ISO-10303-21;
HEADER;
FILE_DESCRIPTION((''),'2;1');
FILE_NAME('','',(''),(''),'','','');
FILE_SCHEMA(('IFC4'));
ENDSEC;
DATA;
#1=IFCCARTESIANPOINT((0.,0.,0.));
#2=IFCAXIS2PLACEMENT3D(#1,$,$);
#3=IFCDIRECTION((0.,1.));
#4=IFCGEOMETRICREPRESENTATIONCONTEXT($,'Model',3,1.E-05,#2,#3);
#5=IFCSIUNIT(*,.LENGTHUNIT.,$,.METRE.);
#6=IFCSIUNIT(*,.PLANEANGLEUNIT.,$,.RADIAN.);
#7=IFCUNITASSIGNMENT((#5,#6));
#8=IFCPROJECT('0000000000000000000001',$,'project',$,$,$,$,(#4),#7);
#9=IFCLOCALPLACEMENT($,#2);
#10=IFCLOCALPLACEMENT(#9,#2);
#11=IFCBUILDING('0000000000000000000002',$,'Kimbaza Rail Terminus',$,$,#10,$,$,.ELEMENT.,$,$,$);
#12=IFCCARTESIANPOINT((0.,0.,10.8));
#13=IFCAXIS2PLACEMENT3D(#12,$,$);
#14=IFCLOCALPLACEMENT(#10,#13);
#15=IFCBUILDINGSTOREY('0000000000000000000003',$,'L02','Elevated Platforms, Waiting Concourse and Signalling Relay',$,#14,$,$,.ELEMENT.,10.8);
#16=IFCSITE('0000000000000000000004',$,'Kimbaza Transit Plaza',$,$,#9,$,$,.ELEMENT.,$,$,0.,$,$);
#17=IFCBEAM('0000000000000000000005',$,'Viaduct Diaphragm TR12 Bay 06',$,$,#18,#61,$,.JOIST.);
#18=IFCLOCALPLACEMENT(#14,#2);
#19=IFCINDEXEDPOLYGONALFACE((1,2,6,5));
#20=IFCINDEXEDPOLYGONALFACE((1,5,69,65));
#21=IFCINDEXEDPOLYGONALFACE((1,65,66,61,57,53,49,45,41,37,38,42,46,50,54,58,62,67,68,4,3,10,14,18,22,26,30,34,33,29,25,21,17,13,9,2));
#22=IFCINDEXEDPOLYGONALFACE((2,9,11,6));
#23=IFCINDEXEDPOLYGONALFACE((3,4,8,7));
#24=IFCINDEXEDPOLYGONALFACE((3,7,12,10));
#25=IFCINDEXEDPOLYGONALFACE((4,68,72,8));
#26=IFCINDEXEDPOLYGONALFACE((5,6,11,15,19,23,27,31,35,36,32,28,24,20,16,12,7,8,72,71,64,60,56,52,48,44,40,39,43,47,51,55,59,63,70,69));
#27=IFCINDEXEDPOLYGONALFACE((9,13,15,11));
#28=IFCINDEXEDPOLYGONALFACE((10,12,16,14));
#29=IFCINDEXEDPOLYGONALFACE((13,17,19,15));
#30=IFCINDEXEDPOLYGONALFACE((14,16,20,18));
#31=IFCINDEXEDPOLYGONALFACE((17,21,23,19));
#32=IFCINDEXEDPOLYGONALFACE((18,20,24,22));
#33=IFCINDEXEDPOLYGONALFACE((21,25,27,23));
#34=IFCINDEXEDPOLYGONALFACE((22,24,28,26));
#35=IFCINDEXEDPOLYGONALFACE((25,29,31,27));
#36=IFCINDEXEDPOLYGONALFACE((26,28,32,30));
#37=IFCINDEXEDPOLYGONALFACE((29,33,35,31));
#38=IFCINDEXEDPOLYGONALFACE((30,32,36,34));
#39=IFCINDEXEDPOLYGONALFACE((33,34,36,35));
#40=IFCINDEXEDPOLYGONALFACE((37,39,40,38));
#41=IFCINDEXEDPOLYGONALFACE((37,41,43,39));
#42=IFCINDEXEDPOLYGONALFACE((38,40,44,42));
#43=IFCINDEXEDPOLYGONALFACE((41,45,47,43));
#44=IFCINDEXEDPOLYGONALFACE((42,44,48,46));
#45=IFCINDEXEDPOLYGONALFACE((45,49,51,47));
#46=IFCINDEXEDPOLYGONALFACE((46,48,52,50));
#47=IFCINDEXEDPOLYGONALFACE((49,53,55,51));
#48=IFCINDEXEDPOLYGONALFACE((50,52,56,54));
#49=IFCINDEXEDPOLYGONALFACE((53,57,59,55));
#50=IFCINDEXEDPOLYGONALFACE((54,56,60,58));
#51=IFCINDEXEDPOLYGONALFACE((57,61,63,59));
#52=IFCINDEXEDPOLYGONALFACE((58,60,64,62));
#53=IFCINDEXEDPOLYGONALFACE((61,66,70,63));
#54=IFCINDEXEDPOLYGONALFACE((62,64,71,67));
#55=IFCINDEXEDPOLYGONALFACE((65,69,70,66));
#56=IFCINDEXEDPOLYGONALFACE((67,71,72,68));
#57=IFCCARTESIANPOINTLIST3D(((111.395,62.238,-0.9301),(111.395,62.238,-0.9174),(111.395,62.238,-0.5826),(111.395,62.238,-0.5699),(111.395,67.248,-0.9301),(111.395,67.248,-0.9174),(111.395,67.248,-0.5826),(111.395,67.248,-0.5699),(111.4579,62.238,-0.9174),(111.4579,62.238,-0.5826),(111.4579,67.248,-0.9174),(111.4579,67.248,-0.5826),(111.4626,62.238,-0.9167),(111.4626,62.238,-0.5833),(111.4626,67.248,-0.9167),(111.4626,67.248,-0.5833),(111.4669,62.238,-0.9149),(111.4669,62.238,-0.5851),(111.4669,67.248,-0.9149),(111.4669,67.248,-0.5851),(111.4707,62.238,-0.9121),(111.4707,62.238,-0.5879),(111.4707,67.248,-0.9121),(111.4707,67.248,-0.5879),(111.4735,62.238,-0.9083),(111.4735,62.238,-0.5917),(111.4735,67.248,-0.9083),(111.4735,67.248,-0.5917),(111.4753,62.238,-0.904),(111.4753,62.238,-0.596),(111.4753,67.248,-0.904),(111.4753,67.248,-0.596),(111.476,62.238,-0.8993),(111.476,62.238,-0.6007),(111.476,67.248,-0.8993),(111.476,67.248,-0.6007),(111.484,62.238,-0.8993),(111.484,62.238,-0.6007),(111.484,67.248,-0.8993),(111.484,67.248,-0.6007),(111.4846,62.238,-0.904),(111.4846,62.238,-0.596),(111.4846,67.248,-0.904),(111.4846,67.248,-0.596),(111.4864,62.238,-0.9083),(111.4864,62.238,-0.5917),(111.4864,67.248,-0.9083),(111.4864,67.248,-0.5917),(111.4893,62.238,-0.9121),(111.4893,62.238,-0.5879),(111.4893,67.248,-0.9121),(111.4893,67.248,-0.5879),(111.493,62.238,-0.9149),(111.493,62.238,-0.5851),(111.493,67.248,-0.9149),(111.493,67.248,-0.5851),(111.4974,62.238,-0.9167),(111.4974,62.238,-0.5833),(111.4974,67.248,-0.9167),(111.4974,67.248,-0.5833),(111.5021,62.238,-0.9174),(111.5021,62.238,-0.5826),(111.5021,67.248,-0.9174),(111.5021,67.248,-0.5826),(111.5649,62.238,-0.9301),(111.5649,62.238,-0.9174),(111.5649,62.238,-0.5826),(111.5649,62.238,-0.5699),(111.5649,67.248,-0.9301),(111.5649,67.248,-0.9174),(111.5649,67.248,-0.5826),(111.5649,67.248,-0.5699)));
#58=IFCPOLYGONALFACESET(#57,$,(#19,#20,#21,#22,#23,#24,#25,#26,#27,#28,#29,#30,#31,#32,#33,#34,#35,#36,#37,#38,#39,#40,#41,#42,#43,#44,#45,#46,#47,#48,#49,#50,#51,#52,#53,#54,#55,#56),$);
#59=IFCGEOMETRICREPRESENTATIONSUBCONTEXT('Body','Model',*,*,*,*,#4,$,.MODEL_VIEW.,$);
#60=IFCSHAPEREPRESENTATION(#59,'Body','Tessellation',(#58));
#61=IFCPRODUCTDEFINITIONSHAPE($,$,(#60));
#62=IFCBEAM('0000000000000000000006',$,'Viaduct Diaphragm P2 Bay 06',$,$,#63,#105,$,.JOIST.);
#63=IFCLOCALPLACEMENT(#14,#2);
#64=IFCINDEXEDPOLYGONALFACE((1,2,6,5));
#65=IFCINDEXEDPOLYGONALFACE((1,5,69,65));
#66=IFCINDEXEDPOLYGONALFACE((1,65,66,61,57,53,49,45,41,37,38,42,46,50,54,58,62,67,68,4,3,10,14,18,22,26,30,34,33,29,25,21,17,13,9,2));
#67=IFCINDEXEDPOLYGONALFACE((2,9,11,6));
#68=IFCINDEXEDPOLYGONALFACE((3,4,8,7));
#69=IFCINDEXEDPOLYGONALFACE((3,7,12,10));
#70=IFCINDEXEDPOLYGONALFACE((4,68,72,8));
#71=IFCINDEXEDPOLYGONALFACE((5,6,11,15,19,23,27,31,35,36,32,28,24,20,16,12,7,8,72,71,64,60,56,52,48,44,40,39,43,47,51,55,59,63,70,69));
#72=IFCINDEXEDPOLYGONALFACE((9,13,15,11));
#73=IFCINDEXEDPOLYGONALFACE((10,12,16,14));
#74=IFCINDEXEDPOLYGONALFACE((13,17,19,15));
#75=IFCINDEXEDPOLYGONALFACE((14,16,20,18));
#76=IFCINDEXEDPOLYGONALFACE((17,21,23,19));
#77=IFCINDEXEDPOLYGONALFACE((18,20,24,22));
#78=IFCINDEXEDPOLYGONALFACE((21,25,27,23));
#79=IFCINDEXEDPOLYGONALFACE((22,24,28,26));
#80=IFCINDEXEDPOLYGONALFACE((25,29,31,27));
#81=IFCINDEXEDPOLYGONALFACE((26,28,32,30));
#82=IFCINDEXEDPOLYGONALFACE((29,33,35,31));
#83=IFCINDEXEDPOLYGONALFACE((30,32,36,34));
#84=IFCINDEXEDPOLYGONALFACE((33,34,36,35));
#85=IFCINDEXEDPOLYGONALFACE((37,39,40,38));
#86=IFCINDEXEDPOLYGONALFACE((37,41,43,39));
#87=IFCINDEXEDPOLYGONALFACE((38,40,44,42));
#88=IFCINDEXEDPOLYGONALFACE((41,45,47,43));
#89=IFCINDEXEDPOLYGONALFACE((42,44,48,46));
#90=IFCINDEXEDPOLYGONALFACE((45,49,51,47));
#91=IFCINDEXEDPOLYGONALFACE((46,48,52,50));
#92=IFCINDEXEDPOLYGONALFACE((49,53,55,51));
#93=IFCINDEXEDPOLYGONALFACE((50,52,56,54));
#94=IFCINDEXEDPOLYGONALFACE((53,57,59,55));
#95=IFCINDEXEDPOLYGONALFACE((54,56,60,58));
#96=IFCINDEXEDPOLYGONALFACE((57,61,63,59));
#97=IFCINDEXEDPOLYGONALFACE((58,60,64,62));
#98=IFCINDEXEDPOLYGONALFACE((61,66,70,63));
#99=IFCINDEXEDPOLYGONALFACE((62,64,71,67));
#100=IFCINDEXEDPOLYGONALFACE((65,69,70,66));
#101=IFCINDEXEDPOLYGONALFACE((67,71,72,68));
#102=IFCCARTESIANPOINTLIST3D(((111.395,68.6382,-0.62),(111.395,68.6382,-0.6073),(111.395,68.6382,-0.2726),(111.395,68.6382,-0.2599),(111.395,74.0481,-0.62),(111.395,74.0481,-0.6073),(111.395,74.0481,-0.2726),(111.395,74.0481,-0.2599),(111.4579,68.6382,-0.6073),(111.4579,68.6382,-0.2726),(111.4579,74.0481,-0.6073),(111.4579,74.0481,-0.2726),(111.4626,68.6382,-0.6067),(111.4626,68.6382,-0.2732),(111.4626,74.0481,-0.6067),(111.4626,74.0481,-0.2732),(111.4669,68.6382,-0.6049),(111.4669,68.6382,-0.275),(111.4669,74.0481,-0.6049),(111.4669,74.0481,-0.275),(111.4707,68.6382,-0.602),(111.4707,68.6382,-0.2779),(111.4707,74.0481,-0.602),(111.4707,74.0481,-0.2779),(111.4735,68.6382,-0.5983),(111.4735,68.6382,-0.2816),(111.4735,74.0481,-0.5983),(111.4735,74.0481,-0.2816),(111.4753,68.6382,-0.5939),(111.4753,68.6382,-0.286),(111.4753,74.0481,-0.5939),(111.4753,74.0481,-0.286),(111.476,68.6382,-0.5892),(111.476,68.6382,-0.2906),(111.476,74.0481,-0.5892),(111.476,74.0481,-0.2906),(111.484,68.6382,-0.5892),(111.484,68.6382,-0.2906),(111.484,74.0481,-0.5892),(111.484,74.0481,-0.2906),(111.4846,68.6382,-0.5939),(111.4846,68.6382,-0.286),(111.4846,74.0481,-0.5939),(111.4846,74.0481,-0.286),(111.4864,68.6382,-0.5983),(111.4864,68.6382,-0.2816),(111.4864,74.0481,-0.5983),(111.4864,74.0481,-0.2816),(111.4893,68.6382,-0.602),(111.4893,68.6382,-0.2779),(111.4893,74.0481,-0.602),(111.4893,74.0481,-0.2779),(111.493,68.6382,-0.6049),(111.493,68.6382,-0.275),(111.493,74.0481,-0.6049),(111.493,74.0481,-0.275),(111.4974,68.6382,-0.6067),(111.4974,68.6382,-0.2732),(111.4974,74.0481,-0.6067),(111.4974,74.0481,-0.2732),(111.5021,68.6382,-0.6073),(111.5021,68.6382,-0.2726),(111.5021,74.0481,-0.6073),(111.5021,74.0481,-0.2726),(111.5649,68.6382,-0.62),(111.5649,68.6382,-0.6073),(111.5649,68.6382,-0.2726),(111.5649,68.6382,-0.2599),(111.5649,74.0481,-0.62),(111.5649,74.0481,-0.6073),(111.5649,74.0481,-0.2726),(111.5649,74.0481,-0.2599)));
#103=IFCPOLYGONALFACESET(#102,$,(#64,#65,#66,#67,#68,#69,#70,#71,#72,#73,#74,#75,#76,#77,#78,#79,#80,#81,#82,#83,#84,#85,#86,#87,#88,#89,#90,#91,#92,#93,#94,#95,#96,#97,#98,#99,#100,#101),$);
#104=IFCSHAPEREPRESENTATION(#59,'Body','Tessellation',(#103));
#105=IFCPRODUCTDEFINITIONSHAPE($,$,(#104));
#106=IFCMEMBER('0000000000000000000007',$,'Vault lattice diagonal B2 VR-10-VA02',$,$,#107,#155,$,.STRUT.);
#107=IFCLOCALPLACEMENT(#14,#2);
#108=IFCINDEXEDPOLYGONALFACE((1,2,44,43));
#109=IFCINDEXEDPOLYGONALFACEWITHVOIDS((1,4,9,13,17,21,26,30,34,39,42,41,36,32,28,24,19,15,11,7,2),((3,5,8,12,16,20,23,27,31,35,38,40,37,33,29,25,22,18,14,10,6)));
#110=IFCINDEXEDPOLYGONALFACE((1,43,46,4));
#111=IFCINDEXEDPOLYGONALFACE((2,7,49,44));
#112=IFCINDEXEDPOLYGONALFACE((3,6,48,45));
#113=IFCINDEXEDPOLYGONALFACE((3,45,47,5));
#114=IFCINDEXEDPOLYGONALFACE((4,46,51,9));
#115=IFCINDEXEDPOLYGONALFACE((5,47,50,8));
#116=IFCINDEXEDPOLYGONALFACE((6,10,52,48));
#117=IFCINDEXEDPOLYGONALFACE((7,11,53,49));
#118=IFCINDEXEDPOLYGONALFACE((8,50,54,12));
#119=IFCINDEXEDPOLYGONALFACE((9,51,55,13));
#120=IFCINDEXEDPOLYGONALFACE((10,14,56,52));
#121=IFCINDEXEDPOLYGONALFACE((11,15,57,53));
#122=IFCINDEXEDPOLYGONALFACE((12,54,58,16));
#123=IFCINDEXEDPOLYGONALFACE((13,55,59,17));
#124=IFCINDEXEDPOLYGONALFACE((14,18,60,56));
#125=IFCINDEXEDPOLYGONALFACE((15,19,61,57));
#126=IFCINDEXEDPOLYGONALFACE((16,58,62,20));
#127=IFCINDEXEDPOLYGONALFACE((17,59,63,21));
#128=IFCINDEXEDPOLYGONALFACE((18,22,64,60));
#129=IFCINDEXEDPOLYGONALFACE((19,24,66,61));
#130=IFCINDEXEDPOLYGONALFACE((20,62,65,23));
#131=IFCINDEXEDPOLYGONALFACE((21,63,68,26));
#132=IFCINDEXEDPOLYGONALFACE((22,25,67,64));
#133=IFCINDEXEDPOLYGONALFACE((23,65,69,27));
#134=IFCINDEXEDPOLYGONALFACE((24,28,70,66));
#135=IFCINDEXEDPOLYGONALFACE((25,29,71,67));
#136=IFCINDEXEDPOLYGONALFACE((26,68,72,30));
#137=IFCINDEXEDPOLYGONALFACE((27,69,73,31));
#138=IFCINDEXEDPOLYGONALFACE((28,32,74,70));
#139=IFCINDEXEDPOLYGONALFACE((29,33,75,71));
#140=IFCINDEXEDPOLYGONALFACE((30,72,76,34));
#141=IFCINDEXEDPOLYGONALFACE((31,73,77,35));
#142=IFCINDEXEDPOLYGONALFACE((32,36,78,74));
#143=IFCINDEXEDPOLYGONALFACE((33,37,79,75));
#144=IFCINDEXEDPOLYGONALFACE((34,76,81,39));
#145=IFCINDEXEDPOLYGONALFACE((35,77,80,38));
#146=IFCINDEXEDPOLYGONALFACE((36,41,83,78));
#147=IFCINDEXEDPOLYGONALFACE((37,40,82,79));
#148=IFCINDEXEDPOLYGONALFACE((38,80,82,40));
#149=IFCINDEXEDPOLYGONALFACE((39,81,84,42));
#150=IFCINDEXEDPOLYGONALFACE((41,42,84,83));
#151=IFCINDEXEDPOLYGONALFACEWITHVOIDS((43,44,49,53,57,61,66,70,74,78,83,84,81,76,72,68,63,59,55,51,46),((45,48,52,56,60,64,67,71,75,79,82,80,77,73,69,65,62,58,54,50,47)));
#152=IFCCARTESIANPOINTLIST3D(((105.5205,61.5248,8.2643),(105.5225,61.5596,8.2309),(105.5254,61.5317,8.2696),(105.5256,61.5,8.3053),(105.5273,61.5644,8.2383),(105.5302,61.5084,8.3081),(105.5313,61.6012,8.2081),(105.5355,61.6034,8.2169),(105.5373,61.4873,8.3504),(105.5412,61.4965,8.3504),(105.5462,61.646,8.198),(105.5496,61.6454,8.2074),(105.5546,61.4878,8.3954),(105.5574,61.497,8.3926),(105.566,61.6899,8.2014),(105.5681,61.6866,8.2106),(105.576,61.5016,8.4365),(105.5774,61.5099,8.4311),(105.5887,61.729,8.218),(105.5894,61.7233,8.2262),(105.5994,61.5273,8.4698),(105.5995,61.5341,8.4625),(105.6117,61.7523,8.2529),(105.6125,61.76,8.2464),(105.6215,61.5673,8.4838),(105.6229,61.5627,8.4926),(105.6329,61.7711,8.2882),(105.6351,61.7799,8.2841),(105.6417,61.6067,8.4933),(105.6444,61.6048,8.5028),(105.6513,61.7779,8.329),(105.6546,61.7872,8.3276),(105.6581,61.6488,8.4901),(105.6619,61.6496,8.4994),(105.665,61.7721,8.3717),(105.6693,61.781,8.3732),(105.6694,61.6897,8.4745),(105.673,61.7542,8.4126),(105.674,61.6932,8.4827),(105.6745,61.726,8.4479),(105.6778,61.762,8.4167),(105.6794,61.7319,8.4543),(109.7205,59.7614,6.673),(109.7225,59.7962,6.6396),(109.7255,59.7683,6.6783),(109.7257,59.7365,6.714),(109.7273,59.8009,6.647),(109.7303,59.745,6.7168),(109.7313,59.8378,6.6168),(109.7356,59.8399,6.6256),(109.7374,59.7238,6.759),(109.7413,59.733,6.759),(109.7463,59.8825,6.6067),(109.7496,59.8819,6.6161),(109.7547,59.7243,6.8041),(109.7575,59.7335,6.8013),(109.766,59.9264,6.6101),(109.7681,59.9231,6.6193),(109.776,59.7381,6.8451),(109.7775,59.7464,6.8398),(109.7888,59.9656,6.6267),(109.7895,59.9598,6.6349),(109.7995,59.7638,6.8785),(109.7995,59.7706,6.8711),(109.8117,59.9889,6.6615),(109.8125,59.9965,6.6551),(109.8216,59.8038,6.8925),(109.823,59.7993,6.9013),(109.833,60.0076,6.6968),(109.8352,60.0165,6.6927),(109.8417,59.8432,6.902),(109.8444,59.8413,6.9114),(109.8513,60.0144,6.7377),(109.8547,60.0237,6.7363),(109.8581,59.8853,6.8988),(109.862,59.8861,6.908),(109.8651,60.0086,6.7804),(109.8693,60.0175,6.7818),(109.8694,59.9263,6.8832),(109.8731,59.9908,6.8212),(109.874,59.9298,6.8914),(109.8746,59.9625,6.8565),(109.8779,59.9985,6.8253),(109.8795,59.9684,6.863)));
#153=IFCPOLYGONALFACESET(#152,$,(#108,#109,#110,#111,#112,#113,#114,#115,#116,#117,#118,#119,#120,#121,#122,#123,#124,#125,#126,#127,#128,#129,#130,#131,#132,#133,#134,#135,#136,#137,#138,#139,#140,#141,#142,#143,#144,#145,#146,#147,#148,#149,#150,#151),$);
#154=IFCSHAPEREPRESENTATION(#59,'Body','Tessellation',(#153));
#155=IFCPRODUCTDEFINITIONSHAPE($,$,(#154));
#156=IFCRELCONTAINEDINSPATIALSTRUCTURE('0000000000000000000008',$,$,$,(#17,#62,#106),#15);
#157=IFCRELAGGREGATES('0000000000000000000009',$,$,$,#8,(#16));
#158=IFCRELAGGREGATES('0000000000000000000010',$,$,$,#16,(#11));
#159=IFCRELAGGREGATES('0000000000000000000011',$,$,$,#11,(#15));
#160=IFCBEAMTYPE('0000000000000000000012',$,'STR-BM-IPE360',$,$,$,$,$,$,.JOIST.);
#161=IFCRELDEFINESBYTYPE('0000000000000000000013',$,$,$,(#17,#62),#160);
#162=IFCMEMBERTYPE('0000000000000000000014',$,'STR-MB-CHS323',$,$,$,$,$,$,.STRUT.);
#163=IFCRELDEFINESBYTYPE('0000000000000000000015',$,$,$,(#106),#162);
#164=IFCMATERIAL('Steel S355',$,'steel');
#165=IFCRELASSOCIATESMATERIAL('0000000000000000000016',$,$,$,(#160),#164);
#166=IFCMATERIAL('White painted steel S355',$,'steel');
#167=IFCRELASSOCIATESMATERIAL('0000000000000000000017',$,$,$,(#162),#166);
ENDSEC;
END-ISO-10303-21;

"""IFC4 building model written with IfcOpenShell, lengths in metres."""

from ifc_helpers import new_model, si_unit, direction, frame, origin, origin_2d, place, context, subcontext, project, spatial, hollow_circle, i_section, extrude, material, material_profile, profile_set, type_object, element, save


model = new_model("IFC4")

# Units and contexts
model_context = context("Model", 3, precision=1e-05, world=origin(), true_north=direction((0.0, 1.0)))
body_context = subcontext(model_context, "Body", "Model", "MODEL_VIEW")
ifc_project = project(units=[si_unit("LENGTHUNIT", "METRE"), si_unit("PLANEANGLEUNIT", "RADIAN")], contexts=[model_context])

# Site, building, storey
site_placement = place(None, origin())
site = spatial("IfcSite", under=ifc_project, at=site_placement, Name="Kimbaza Transit Plaza", CompositionType="ELEMENT", RefElevation=0.0)
building_placement = place(site_placement, origin())
building = spatial("IfcBuilding", under=site, at=building_placement, Name="Kimbaza Rail Terminus", CompositionType="ELEMENT")
storey_placement = place(building_placement, frame((0.0, 0.0, 10.8)))
storey = spatial("IfcBuildingStorey", under=building, at=storey_placement, Name="L02", Description="Elevated Platforms, Waiting Concourse and Signalling Relay", CompositionType="ELEMENT", Elevation=10.8)

# Beams
ifc_material_1 = material(Name="Steel S355", Category="steel")
ifc_material_profile_1 = material_profile(ifc_material_1, i_section(OverallWidth=0.1699, OverallDepth=0.3601, WebThickness=0.0081, FlangeThickness=0.0127, FilletRadius=0.0181, at=origin_2d()), Name="IPE 360")
ifc_profile_set_1 = profile_set([ifc_material_profile_1], Name="Steel S355")
beam_type_1 = type_object("IfcBeamType", Name="STR-BM-IPE360", PredefinedType="JOIST", material=ifc_profile_set_1)
beam_1_placement = place(storey_placement, frame((111.48, 62.238, -0.75), z_axis=(0.0, 1.0, 0.0), x_axis=(-1.0, 0.0, 0.0)))
element("IfcBeam", 1, at=beam_1_placement, inside=storey, type_object=beam_type_1, Name="Viaduct Diaphragm TR12 Bay 06", PredefinedType="JOIST", context=body_context, shape_type="SweptSolid", body=[
    extrude(i_section(OverallWidth=0.1699, OverallDepth=0.3601, WebThickness=0.0081, FlangeThickness=0.0127, FilletRadius=0.0181, at=origin_2d()), origin(), (0.0, 0.0, 1.0), 5.01),
])
beam_2_placement = place(storey_placement, frame((111.48, 68.6382, -0.4399), z_axis=(0.0, 1.0, 0.0), x_axis=(-1.0, 0.0, 0.0)))
element("IfcBeam", 2, at=beam_2_placement, inside=storey, type_object=beam_type_1, Name="Viaduct Diaphragm P2 Bay 06", PredefinedType="JOIST", context=body_context, shape_type="SweptSolid", body=[
    extrude(i_section(OverallWidth=0.1699, OverallDepth=0.3601, WebThickness=0.0081, FlangeThickness=0.0127, FilletRadius=0.0181, at=origin_2d()), origin(), (0.0, 0.0, 1.0), 5.4099),
])

# Member
ifc_material_2 = material(Name="White painted steel S355", Category="steel")
ifc_material_profile_2 = material_profile(ifc_material_2, hollow_circle(Radius=0.1619, WallThickness=0.01, at=origin_2d()), Name="CHS 323.9x10")
ifc_profile_set_2 = profile_set([ifc_material_profile_2], Name="White painted steel S355")
member_type_1 = type_object("IfcMemberType", Name="STR-MB-CHS323", PredefinedType="STRUT", material=ifc_profile_set_2)
member_1_placement = place(storey_placement, frame((109.8, 59.873, 6.759), z_axis=(-0.870439, 0.36547, 0.329798), x_axis=(-0.38713, -0.922025, 0.0)))
element("IfcMember", 3, at=member_1_placement, inside=storey, type_object=member_type_1, Name="Vault lattice diagonal B2 VR-10-VA02", PredefinedType="STRUT", context=body_context, shape_type="SweptSolid", body=[
    extrude(hollow_circle(Radius=0.1619, WallThickness=0.01, at=origin_2d()), origin(), (0.0, 0.0, 1.0), 4.8252),
])

save(model, "model.ifc")
